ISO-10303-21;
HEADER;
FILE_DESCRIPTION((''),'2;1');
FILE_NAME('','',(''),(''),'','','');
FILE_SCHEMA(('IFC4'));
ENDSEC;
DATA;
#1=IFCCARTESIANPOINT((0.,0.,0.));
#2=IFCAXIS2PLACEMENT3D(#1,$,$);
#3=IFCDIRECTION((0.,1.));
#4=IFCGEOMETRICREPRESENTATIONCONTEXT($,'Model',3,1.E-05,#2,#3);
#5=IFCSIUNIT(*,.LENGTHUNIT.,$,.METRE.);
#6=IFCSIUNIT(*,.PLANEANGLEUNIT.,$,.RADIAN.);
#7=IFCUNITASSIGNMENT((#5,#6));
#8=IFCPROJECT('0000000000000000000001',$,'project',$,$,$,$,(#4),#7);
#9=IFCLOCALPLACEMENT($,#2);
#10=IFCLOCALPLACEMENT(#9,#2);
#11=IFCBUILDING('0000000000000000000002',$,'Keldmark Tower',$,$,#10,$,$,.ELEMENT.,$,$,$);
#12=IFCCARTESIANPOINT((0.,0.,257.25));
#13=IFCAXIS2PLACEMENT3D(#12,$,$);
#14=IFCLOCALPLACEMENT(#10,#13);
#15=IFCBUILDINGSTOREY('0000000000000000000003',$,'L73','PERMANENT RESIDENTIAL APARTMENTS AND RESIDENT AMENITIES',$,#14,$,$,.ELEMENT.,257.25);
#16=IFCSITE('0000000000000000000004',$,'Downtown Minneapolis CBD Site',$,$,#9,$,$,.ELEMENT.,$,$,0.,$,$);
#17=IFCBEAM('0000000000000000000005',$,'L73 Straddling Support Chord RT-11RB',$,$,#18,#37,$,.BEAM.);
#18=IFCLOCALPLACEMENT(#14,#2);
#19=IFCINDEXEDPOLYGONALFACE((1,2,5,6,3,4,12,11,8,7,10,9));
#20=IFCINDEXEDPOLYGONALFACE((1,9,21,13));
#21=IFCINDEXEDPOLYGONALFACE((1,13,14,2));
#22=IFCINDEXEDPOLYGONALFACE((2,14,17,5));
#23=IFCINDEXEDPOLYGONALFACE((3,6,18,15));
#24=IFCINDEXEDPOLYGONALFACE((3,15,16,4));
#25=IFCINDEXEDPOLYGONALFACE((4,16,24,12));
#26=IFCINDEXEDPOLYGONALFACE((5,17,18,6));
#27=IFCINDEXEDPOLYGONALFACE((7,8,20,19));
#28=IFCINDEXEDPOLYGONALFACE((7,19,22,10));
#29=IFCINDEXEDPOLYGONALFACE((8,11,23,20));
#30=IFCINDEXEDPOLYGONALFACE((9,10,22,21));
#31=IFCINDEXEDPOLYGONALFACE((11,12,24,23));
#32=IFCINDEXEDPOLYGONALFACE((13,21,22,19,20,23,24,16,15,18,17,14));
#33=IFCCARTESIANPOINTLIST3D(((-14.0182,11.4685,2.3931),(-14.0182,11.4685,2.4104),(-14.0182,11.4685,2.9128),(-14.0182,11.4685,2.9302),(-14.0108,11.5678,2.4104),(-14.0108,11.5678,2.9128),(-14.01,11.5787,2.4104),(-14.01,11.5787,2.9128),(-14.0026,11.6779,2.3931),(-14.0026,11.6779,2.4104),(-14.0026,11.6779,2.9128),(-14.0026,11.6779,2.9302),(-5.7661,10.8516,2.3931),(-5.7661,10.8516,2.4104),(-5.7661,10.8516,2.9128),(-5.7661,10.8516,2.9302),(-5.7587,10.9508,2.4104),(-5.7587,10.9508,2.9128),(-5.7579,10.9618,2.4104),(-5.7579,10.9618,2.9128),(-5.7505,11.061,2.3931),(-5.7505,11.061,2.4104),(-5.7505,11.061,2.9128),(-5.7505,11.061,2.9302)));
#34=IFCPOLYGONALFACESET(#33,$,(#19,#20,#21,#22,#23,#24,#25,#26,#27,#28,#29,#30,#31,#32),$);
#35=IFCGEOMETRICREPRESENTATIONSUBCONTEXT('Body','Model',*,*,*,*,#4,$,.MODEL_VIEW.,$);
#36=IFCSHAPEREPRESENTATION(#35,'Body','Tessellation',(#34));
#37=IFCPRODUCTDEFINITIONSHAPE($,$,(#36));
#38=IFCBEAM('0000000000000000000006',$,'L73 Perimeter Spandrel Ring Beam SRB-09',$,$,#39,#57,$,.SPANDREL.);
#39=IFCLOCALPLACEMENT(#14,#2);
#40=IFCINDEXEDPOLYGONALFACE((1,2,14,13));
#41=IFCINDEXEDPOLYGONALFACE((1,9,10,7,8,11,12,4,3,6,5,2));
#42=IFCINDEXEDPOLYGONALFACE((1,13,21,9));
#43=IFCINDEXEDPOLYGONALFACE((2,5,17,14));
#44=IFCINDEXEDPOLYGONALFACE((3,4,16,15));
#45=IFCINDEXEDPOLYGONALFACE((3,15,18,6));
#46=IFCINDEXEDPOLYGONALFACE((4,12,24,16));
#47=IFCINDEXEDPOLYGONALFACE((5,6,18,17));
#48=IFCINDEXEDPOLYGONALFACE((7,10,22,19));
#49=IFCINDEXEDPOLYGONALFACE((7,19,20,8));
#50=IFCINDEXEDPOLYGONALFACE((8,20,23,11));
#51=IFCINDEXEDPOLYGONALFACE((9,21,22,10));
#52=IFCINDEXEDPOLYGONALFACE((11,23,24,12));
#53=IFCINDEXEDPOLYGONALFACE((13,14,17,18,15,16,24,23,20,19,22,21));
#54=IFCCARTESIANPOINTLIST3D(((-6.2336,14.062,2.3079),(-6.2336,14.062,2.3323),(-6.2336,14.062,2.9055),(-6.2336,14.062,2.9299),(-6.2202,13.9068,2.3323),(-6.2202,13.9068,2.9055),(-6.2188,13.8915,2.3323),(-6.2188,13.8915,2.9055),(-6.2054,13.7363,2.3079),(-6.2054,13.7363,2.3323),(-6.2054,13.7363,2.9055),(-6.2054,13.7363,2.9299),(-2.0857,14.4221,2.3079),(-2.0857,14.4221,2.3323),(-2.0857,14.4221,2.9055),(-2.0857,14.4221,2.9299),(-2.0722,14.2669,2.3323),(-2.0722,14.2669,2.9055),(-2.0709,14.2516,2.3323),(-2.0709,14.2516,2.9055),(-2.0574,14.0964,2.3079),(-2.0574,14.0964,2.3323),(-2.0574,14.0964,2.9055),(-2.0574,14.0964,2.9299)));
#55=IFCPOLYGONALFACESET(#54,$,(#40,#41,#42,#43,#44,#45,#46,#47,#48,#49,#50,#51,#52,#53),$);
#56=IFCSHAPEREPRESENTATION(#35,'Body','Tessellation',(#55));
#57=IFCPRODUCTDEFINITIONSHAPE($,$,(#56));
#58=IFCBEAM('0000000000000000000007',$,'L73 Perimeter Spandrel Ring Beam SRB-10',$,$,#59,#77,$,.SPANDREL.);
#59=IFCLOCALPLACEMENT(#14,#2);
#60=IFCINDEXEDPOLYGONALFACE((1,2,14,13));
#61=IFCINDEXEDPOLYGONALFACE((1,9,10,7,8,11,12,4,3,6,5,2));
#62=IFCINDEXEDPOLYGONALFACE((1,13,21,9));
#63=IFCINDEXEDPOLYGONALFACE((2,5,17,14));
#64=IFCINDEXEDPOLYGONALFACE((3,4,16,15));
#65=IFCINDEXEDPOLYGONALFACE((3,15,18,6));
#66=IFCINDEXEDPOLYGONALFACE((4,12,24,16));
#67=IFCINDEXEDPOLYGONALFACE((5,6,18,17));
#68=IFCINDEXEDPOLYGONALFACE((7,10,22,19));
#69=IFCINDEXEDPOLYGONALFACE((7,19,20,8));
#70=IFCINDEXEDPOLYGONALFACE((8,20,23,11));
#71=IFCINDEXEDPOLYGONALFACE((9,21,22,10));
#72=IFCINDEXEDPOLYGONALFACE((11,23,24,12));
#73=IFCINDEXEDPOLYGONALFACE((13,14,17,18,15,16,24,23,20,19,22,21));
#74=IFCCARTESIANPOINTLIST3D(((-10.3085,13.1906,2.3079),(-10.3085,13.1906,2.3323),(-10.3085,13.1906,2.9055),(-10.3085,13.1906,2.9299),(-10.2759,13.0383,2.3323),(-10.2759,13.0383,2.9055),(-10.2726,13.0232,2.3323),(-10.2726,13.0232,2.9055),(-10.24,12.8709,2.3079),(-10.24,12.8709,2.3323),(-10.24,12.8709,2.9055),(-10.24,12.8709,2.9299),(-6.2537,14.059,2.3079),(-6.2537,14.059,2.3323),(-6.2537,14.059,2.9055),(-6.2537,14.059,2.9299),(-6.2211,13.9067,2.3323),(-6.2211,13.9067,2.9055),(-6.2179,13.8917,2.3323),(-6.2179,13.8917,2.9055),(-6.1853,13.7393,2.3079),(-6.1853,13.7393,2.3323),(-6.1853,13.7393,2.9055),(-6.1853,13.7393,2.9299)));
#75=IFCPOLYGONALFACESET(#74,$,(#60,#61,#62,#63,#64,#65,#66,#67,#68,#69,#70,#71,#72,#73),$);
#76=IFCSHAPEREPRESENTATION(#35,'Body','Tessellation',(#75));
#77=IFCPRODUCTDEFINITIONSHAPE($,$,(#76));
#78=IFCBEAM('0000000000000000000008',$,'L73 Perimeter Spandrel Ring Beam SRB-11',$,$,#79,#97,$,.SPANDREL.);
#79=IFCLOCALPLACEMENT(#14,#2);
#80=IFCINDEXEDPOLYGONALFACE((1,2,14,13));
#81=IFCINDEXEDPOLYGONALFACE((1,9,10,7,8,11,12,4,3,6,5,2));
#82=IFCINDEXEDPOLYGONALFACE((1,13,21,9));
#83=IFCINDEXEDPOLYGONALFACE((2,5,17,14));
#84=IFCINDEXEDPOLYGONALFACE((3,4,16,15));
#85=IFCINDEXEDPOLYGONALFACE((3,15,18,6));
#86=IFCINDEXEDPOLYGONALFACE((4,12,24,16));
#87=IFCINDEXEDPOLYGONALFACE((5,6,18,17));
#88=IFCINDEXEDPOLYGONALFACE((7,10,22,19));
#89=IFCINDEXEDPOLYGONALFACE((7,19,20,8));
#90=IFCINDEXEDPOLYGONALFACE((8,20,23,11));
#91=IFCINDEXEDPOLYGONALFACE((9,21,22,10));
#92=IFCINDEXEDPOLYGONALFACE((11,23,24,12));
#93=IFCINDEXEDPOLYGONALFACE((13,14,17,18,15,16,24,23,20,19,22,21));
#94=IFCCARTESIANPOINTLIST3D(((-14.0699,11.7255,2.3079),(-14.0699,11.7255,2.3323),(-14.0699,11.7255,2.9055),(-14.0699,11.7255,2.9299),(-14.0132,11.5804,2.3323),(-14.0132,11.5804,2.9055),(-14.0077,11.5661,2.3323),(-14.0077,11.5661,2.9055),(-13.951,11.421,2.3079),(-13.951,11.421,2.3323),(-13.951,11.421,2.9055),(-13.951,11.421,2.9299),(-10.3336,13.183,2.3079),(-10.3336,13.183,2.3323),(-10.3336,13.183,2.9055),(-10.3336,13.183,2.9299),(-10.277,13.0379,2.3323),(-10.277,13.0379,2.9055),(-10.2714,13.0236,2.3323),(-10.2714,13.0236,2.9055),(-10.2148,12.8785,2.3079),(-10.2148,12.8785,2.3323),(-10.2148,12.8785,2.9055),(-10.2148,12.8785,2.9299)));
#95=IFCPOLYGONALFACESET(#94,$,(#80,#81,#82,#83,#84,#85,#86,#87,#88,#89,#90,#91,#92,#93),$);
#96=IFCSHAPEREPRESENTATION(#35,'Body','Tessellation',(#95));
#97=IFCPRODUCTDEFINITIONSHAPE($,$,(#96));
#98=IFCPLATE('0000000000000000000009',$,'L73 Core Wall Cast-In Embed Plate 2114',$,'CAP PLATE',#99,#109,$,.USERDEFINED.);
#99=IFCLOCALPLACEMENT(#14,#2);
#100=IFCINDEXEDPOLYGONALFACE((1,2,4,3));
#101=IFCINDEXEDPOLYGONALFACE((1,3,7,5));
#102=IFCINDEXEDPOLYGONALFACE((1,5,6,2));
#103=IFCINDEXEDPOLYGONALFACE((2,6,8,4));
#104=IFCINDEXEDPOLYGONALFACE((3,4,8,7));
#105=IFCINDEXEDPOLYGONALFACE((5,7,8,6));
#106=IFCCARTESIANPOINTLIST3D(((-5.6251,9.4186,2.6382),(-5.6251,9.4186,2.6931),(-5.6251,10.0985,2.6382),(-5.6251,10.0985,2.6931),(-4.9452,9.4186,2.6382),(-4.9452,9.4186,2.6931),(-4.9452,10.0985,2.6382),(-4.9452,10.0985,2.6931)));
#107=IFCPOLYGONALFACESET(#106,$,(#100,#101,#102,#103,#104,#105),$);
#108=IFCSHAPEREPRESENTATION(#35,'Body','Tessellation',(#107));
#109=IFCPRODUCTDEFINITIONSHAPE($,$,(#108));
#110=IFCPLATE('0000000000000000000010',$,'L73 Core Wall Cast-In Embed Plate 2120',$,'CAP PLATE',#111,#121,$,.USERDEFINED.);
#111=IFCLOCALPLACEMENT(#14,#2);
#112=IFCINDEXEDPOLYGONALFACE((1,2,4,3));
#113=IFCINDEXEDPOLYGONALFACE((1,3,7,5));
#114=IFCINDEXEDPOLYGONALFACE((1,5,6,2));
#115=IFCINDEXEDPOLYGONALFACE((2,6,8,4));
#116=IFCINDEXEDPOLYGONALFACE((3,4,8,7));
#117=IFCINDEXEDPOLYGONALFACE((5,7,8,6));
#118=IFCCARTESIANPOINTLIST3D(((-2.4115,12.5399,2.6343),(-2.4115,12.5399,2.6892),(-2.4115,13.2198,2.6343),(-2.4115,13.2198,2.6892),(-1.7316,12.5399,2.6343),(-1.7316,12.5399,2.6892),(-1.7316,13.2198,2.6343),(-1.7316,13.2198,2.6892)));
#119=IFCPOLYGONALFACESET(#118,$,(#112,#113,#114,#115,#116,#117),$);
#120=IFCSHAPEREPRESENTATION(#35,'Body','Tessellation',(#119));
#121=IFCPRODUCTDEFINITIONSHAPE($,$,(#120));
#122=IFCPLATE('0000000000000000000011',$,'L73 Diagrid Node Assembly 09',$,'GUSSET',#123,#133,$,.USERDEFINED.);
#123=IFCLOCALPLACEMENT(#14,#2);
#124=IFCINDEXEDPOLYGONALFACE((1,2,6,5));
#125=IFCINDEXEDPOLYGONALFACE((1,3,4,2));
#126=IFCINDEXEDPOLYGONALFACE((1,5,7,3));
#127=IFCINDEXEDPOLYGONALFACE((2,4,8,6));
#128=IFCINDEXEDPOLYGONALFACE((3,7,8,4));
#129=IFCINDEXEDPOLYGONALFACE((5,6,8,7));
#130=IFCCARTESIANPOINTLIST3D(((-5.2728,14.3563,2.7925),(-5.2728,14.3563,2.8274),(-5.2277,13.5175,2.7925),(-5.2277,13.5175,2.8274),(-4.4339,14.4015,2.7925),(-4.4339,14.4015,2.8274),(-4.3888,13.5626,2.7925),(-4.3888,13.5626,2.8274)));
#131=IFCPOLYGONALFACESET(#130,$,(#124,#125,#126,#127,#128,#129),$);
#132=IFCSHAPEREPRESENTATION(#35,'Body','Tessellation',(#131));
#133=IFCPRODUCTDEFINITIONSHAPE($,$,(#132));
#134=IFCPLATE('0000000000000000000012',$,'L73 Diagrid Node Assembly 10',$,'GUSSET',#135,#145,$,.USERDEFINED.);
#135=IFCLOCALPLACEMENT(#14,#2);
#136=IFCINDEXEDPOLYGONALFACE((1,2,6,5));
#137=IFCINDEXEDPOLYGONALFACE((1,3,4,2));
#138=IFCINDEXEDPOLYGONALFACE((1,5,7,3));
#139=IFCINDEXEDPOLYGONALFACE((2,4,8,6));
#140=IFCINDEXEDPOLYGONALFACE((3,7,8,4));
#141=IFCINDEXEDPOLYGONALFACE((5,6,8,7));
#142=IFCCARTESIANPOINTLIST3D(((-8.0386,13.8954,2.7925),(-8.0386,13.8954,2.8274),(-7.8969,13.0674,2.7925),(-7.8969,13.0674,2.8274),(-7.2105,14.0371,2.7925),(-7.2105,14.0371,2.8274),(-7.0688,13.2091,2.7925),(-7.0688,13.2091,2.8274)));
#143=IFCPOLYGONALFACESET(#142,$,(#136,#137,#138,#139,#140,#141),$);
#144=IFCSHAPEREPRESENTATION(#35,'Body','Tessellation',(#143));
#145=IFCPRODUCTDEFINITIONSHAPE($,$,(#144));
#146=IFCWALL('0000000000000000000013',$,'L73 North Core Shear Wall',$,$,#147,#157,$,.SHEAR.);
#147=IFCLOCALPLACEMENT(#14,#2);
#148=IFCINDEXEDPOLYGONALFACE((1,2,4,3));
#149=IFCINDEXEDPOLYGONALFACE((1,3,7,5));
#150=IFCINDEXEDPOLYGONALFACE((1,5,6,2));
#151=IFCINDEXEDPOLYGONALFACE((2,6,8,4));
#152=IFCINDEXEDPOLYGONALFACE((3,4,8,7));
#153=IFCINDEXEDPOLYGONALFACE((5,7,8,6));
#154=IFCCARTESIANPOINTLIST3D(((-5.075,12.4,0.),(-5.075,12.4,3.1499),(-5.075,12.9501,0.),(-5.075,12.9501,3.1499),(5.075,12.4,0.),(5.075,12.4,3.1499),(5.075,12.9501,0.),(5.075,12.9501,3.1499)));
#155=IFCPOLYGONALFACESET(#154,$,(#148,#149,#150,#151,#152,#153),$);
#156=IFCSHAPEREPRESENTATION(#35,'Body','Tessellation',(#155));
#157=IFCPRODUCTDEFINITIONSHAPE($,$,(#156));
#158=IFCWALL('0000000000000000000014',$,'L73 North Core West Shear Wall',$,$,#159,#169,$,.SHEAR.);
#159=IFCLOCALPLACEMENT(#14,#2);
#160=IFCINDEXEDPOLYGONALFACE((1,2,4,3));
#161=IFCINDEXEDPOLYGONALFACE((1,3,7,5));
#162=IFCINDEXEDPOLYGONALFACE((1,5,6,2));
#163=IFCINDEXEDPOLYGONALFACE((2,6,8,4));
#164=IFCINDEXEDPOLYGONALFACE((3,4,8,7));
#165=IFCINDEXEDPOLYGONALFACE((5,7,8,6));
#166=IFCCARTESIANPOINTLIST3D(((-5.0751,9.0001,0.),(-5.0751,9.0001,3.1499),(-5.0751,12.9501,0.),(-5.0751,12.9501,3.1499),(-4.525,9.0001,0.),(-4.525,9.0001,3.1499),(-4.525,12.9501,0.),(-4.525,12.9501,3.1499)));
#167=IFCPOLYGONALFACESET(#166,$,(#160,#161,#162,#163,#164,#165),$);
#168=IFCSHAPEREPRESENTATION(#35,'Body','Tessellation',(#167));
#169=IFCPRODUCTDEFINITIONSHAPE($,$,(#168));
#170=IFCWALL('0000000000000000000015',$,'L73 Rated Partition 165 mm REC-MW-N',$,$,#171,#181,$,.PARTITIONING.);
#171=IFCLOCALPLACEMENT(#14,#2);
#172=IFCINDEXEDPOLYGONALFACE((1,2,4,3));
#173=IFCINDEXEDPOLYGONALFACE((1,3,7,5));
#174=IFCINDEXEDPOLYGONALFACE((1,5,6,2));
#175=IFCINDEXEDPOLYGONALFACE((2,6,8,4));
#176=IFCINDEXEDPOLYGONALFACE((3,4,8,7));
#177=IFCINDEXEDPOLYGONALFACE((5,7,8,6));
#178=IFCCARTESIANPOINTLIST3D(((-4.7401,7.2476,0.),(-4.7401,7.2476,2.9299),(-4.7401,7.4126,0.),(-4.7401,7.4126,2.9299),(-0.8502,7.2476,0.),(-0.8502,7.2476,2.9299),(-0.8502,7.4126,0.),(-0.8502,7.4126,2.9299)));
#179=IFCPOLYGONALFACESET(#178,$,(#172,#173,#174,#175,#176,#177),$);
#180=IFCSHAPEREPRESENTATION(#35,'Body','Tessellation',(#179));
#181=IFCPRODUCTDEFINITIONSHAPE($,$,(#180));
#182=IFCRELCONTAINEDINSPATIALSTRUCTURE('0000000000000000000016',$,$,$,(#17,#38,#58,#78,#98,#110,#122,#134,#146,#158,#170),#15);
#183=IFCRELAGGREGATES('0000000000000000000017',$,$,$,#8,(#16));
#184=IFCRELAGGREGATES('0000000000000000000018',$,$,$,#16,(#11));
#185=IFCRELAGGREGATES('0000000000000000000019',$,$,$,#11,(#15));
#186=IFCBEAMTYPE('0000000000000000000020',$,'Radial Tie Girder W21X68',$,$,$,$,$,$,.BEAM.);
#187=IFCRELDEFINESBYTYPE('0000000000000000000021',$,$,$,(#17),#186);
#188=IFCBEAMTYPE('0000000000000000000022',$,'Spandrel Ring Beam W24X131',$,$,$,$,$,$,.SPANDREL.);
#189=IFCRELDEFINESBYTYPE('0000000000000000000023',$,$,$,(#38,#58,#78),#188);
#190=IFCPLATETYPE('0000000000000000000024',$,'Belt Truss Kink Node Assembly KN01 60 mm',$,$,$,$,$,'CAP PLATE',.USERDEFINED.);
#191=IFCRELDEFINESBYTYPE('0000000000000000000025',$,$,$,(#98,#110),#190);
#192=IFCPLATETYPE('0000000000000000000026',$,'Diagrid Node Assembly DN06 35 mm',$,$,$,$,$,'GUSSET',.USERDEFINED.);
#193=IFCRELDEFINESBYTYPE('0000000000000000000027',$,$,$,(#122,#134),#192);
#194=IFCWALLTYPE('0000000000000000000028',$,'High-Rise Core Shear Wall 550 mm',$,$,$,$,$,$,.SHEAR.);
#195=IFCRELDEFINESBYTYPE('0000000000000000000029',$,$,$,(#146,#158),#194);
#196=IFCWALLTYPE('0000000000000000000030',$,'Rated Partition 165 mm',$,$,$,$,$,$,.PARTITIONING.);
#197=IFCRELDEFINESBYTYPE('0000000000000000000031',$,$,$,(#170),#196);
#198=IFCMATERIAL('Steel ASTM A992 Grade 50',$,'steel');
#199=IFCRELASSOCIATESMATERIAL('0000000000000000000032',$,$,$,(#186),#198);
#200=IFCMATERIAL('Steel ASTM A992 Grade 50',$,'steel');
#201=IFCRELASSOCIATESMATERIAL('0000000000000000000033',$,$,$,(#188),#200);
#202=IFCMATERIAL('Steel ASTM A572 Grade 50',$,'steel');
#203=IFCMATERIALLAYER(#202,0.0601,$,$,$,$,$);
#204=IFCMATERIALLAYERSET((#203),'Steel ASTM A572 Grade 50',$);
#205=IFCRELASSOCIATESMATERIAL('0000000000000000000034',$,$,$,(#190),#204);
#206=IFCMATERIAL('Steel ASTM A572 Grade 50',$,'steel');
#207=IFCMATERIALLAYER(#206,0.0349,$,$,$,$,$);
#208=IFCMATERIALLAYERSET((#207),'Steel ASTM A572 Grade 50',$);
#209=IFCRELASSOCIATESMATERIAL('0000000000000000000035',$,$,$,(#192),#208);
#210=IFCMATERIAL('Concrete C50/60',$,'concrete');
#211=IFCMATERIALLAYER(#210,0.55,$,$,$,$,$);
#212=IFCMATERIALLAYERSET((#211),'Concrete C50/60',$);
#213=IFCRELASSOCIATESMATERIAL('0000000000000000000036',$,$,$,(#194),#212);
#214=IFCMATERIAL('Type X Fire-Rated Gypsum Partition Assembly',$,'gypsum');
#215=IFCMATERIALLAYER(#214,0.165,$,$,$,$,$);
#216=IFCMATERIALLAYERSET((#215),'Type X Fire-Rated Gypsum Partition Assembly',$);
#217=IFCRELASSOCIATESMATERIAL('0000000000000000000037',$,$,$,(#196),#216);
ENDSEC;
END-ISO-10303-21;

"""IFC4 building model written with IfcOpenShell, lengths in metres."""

from ifc_helpers import new_model, si_unit, direction, frame, frame_2d, origin, origin_2d, place, context, subcontext, project, spatial, rectangle, i_section, extrude, material, layer, layer_set, material_profile, profile_set, type_object, element, save


model = new_model("IFC4")

# Units and contexts
model_context = context("Model", 3, precision=1e-05, world=origin(), true_north=direction((0.0, 1.0)))
body_context = subcontext(model_context, "Body", "Model", "MODEL_VIEW")
ifc_project = project(units=[si_unit("LENGTHUNIT", "METRE"), si_unit("PLANEANGLEUNIT", "RADIAN")], contexts=[model_context])

# Site, building, storey
site_placement = place(None, origin())
site = spatial("IfcSite", under=ifc_project, at=site_placement, Name="Downtown Minneapolis CBD Site", CompositionType="ELEMENT", RefElevation=0.0)
building_placement = place(site_placement, origin())
building = spatial("IfcBuilding", under=site, at=building_placement, Name="Keldmark Tower", CompositionType="ELEMENT")
storey_placement = place(building_placement, frame((0.0, 0.0, 257.25)))
storey = spatial("IfcBuildingStorey", under=building, at=storey_placement, Name="L73", Description="PERMANENT RESIDENTIAL APARTMENTS AND RESIDENT AMENITIES", CompositionType="ELEMENT", Elevation=257.25)

# Beams
ifc_material_1 = material(Name="Steel ASTM A992 Grade 50", Category="steel")
ifc_material_profile_1 = material_profile(ifc_material_1, i_section(OverallWidth=0.21, OverallDepth=0.5371, WebThickness=0.011, FlangeThickness=0.0173, at=origin_2d()), Name="W21X68")
ifc_profile_set_1 = profile_set([ifc_material_profile_1], Name="Steel ASTM A992 Grade 50")
beam_type_1 = type_object("IfcBeamType", Name="Radial Tie Girder W21X68", PredefinedType="BEAM", material=ifc_profile_set_1)
beam_1_placement = place(storey_placement, frame((-5.7583, 10.9563, 2.6616), z_axis=(-0.997217, 0.074553, 0.0), x_axis=(-0.074553, -0.997217, 0.0)))
element("IfcBeam", 1, at=beam_1_placement, inside=storey, type_object=beam_type_1, Name="L73 Straddling Support Chord RT-11RB", PredefinedType="BEAM", context=body_context, shape_type="SweptSolid", body=[
    extrude(i_section(OverallWidth=0.21, OverallDepth=0.5371, WebThickness=0.011, FlangeThickness=0.0173, at=origin_2d()), origin(), (0.0, 0.0, 1.0), 8.2751),
])
ifc_material_2 = material(Name="Steel ASTM A992 Grade 50", Category="steel")
ifc_material_profile_2 = material_profile(ifc_material_2, i_section(OverallWidth=0.3269, OverallDepth=0.6221, WebThickness=0.0154, FlangeThickness=0.0244, at=origin_2d()), Name="W24X131")
ifc_profile_set_2 = profile_set([ifc_material_profile_2], Name="Steel ASTM A992 Grade 50")
beam_type_2 = type_object("IfcBeamType", Name="Spandrel Ring Beam W24X131", PredefinedType="SPANDREL", material=ifc_profile_set_2)
beam_2_placement = place(storey_placement, frame((-2.0715, 14.2593, 2.6189), z_axis=(-0.996253, -0.08649, 0.0), x_axis=(0.08649, -0.996253, 0.0)))
element("IfcBeam", 2, at=beam_2_placement, inside=storey, type_object=beam_type_2, Name="L73 Perimeter Spandrel Ring Beam SRB-09", PredefinedType="SPANDREL", context=body_context, shape_type="SweptSolid", body=[
    extrude(i_section(OverallWidth=0.3269, OverallDepth=0.6221, WebThickness=0.0154, FlangeThickness=0.0244, at=origin_2d()), origin(), (0.0, 0.0, 1.0), 4.1636),
])
beam_3_placement = place(storey_placement, frame((-6.2195, 13.8992, 2.6189), z_axis=(-0.977825, -0.209425, 0.0), x_axis=(0.209425, -0.977825, 0.0)))
element("IfcBeam", 3, at=beam_3_placement, inside=storey, type_object=beam_type_2, Name="L73 Perimeter Spandrel Ring Beam SRB-10", PredefinedType="SPANDREL", context=body_context, shape_type="SweptSolid", body=[
    extrude(i_section(OverallWidth=0.3269, OverallDepth=0.6221, WebThickness=0.0154, FlangeThickness=0.0244, at=origin_2d()), origin(), (0.0, 0.0, 1.0), 4.1467),
])
beam_4_placement = place(storey_placement, frame((-10.2742, 13.0308, 2.6189), z_axis=(-0.931625, -0.363421, 0.0), x_axis=(0.363421, -0.931625, 0.0)))
element("IfcBeam", 4, at=beam_4_placement, inside=storey, type_object=beam_type_2, Name="L73 Perimeter Spandrel Ring Beam SRB-11", PredefinedType="SPANDREL", context=body_context, shape_type="SweptSolid", body=[
    extrude(i_section(OverallWidth=0.3269, OverallDepth=0.6221, WebThickness=0.0154, FlangeThickness=0.0244, at=origin_2d()), origin(), (0.0, 0.0, 1.0), 4.0105),
])

# Plates
ifc_material_3 = material(Name="Steel ASTM A572 Grade 50", Category="steel")
ifc_layer_1 = layer(ifc_material_3, 0.0601)
ifc_layer_set_1 = layer_set([ifc_layer_1], Name="Steel ASTM A572 Grade 50")
plate_type_1 = type_object("IfcPlateType", Name="Belt Truss Kink Node Assembly KN01 60 mm", ElementType="CAP PLATE", PredefinedType="USERDEFINED", material=ifc_layer_set_1)
for number, where, z_axis, x_axis, name in (
    (5, (-5.2852, 9.7585, 2.6382), (0.0, 0.0, 1.0), (1.0, 0.0, 0.0), "L73 Core Wall Cast-In Embed Plate 2114"),
    (6, (-2.0715, 12.8799, 2.6343), (0.0, 0.0, 1.0), (1.0, 0.0, 0.0), "L73 Core Wall Cast-In Embed Plate 2120"),
):
    element("IfcPlate", number, at=place(storey_placement, frame(where, z_axis=z_axis, x_axis=x_axis)), inside=storey, type_object=plate_type_1, Name=name, ObjectType="CAP PLATE", PredefinedType="USERDEFINED", context=body_context, shape_type="SweptSolid", body=[
        extrude(rectangle(XDim=0.6799, YDim=0.6799, at=origin_2d()), origin(), (0.0, 0.0, 1.0), 0.0549),
    ])
ifc_material_4 = material(Name="Steel ASTM A572 Grade 50", Category="steel")
ifc_layer_2 = layer(ifc_material_4, 0.0349)
ifc_layer_set_2 = layer_set([ifc_layer_2], Name="Steel ASTM A572 Grade 50")
plate_type_2 = type_object("IfcPlateType", Name="Diagrid Node Assembly DN06 35 mm", ElementType="GUSSET", PredefinedType="USERDEFINED", material=ifc_layer_set_2)
for number, where, z_axis, x_axis, name in (
    (7, (-4.8308, 13.9595, 2.7925), (0.0, 0.0, 1.0), (-0.998555, -0.05373, 0.0), "L73 Diagrid Node Assembly 09"),
    (8, (-7.5537, 13.5522, 2.7925), (0.0, 0.0, 1.0), (-0.985674, -0.168661, 0.0), "L73 Diagrid Node Assembly 10"),
):
    element("IfcPlate", number, at=place(storey_placement, frame(where, z_axis=z_axis, x_axis=x_axis)), inside=storey, type_object=plate_type_2, Name=name, ObjectType="GUSSET", PredefinedType="USERDEFINED", context=body_context, shape_type="SweptSolid", body=[
        extrude(rectangle(XDim=0.8401, YDim=0.8401, at=origin_2d()), origin(), (0.0, 0.0, 1.0), 0.0349),
    ])

# Walls
ifc_material_5 = material(Name="Concrete C50/60", Category="concrete")
ifc_layer_3 = layer(ifc_material_5, 0.55)
ifc_layer_set_3 = layer_set([ifc_layer_3], Name="Concrete C50/60")
wall_type_1 = type_object("IfcWallType", Name="High-Rise Core Shear Wall 550 mm", PredefinedType="SHEAR", material=ifc_layer_set_3)
wall_1_placement = place(storey_placement, frame((-5.075, 12.675, 0.0), z_axis=(0.0, 0.0, 1.0), x_axis=(1.0, 0.0, 0.0)))
element("IfcWall", 9, at=wall_1_placement, inside=storey, type_object=wall_type_1, Name="L73 North Core Shear Wall", PredefinedType="SHEAR", context=body_context, shape_type="SweptSolid", body=[
    extrude(rectangle(XDim=10.1499, YDim=0.55, at=frame_2d((5.075, 0.0))), origin(), (0.0, 0.0, 1.0), 3.1499),
])
wall_2_placement = place(storey_placement, frame((-4.8, 9.0, 0.0), z_axis=(0.0, 0.0, 1.0), x_axis=(0.0, 1.0, 0.0)))
element("IfcWall", 10, at=wall_2_placement, inside=storey, type_object=wall_type_1, Name="L73 North Core West Shear Wall", PredefinedType="SHEAR", context=body_context, shape_type="SweptSolid", body=[
    extrude(rectangle(XDim=3.95, YDim=0.55, at=frame_2d((1.9751, 0.0))), origin(), (0.0, 0.0, 1.0), 3.1499),
])
ifc_material_6 = material(Name="Type X Fire-Rated Gypsum Partition Assembly", Category="gypsum")
ifc_layer_4 = layer(ifc_material_6, 0.165)
ifc_layer_set_4 = layer_set([ifc_layer_4], Name="Type X Fire-Rated Gypsum Partition Assembly")
wall_type_2 = type_object("IfcWallType", Name="Rated Partition 165 mm", PredefinedType="PARTITIONING", material=ifc_layer_set_4)
wall_3_placement = place(storey_placement, frame((-4.74, 7.3301, 0.0), z_axis=(0.0, 0.0, 1.0), x_axis=(1.0, 0.0, 0.0)))
element("IfcWall", 11, at=wall_3_placement, inside=storey, type_object=wall_type_2, Name="L73 Rated Partition 165 mm REC-MW-N", PredefinedType="PARTITIONING", context=body_context, shape_type="SweptSolid", body=[
    extrude(rectangle(XDim=3.8899, YDim=0.165, at=frame_2d((1.9448, 0.0))), origin(), (0.0, 0.0, 1.0), 2.9299),
])

save(model, "model.ifc")
